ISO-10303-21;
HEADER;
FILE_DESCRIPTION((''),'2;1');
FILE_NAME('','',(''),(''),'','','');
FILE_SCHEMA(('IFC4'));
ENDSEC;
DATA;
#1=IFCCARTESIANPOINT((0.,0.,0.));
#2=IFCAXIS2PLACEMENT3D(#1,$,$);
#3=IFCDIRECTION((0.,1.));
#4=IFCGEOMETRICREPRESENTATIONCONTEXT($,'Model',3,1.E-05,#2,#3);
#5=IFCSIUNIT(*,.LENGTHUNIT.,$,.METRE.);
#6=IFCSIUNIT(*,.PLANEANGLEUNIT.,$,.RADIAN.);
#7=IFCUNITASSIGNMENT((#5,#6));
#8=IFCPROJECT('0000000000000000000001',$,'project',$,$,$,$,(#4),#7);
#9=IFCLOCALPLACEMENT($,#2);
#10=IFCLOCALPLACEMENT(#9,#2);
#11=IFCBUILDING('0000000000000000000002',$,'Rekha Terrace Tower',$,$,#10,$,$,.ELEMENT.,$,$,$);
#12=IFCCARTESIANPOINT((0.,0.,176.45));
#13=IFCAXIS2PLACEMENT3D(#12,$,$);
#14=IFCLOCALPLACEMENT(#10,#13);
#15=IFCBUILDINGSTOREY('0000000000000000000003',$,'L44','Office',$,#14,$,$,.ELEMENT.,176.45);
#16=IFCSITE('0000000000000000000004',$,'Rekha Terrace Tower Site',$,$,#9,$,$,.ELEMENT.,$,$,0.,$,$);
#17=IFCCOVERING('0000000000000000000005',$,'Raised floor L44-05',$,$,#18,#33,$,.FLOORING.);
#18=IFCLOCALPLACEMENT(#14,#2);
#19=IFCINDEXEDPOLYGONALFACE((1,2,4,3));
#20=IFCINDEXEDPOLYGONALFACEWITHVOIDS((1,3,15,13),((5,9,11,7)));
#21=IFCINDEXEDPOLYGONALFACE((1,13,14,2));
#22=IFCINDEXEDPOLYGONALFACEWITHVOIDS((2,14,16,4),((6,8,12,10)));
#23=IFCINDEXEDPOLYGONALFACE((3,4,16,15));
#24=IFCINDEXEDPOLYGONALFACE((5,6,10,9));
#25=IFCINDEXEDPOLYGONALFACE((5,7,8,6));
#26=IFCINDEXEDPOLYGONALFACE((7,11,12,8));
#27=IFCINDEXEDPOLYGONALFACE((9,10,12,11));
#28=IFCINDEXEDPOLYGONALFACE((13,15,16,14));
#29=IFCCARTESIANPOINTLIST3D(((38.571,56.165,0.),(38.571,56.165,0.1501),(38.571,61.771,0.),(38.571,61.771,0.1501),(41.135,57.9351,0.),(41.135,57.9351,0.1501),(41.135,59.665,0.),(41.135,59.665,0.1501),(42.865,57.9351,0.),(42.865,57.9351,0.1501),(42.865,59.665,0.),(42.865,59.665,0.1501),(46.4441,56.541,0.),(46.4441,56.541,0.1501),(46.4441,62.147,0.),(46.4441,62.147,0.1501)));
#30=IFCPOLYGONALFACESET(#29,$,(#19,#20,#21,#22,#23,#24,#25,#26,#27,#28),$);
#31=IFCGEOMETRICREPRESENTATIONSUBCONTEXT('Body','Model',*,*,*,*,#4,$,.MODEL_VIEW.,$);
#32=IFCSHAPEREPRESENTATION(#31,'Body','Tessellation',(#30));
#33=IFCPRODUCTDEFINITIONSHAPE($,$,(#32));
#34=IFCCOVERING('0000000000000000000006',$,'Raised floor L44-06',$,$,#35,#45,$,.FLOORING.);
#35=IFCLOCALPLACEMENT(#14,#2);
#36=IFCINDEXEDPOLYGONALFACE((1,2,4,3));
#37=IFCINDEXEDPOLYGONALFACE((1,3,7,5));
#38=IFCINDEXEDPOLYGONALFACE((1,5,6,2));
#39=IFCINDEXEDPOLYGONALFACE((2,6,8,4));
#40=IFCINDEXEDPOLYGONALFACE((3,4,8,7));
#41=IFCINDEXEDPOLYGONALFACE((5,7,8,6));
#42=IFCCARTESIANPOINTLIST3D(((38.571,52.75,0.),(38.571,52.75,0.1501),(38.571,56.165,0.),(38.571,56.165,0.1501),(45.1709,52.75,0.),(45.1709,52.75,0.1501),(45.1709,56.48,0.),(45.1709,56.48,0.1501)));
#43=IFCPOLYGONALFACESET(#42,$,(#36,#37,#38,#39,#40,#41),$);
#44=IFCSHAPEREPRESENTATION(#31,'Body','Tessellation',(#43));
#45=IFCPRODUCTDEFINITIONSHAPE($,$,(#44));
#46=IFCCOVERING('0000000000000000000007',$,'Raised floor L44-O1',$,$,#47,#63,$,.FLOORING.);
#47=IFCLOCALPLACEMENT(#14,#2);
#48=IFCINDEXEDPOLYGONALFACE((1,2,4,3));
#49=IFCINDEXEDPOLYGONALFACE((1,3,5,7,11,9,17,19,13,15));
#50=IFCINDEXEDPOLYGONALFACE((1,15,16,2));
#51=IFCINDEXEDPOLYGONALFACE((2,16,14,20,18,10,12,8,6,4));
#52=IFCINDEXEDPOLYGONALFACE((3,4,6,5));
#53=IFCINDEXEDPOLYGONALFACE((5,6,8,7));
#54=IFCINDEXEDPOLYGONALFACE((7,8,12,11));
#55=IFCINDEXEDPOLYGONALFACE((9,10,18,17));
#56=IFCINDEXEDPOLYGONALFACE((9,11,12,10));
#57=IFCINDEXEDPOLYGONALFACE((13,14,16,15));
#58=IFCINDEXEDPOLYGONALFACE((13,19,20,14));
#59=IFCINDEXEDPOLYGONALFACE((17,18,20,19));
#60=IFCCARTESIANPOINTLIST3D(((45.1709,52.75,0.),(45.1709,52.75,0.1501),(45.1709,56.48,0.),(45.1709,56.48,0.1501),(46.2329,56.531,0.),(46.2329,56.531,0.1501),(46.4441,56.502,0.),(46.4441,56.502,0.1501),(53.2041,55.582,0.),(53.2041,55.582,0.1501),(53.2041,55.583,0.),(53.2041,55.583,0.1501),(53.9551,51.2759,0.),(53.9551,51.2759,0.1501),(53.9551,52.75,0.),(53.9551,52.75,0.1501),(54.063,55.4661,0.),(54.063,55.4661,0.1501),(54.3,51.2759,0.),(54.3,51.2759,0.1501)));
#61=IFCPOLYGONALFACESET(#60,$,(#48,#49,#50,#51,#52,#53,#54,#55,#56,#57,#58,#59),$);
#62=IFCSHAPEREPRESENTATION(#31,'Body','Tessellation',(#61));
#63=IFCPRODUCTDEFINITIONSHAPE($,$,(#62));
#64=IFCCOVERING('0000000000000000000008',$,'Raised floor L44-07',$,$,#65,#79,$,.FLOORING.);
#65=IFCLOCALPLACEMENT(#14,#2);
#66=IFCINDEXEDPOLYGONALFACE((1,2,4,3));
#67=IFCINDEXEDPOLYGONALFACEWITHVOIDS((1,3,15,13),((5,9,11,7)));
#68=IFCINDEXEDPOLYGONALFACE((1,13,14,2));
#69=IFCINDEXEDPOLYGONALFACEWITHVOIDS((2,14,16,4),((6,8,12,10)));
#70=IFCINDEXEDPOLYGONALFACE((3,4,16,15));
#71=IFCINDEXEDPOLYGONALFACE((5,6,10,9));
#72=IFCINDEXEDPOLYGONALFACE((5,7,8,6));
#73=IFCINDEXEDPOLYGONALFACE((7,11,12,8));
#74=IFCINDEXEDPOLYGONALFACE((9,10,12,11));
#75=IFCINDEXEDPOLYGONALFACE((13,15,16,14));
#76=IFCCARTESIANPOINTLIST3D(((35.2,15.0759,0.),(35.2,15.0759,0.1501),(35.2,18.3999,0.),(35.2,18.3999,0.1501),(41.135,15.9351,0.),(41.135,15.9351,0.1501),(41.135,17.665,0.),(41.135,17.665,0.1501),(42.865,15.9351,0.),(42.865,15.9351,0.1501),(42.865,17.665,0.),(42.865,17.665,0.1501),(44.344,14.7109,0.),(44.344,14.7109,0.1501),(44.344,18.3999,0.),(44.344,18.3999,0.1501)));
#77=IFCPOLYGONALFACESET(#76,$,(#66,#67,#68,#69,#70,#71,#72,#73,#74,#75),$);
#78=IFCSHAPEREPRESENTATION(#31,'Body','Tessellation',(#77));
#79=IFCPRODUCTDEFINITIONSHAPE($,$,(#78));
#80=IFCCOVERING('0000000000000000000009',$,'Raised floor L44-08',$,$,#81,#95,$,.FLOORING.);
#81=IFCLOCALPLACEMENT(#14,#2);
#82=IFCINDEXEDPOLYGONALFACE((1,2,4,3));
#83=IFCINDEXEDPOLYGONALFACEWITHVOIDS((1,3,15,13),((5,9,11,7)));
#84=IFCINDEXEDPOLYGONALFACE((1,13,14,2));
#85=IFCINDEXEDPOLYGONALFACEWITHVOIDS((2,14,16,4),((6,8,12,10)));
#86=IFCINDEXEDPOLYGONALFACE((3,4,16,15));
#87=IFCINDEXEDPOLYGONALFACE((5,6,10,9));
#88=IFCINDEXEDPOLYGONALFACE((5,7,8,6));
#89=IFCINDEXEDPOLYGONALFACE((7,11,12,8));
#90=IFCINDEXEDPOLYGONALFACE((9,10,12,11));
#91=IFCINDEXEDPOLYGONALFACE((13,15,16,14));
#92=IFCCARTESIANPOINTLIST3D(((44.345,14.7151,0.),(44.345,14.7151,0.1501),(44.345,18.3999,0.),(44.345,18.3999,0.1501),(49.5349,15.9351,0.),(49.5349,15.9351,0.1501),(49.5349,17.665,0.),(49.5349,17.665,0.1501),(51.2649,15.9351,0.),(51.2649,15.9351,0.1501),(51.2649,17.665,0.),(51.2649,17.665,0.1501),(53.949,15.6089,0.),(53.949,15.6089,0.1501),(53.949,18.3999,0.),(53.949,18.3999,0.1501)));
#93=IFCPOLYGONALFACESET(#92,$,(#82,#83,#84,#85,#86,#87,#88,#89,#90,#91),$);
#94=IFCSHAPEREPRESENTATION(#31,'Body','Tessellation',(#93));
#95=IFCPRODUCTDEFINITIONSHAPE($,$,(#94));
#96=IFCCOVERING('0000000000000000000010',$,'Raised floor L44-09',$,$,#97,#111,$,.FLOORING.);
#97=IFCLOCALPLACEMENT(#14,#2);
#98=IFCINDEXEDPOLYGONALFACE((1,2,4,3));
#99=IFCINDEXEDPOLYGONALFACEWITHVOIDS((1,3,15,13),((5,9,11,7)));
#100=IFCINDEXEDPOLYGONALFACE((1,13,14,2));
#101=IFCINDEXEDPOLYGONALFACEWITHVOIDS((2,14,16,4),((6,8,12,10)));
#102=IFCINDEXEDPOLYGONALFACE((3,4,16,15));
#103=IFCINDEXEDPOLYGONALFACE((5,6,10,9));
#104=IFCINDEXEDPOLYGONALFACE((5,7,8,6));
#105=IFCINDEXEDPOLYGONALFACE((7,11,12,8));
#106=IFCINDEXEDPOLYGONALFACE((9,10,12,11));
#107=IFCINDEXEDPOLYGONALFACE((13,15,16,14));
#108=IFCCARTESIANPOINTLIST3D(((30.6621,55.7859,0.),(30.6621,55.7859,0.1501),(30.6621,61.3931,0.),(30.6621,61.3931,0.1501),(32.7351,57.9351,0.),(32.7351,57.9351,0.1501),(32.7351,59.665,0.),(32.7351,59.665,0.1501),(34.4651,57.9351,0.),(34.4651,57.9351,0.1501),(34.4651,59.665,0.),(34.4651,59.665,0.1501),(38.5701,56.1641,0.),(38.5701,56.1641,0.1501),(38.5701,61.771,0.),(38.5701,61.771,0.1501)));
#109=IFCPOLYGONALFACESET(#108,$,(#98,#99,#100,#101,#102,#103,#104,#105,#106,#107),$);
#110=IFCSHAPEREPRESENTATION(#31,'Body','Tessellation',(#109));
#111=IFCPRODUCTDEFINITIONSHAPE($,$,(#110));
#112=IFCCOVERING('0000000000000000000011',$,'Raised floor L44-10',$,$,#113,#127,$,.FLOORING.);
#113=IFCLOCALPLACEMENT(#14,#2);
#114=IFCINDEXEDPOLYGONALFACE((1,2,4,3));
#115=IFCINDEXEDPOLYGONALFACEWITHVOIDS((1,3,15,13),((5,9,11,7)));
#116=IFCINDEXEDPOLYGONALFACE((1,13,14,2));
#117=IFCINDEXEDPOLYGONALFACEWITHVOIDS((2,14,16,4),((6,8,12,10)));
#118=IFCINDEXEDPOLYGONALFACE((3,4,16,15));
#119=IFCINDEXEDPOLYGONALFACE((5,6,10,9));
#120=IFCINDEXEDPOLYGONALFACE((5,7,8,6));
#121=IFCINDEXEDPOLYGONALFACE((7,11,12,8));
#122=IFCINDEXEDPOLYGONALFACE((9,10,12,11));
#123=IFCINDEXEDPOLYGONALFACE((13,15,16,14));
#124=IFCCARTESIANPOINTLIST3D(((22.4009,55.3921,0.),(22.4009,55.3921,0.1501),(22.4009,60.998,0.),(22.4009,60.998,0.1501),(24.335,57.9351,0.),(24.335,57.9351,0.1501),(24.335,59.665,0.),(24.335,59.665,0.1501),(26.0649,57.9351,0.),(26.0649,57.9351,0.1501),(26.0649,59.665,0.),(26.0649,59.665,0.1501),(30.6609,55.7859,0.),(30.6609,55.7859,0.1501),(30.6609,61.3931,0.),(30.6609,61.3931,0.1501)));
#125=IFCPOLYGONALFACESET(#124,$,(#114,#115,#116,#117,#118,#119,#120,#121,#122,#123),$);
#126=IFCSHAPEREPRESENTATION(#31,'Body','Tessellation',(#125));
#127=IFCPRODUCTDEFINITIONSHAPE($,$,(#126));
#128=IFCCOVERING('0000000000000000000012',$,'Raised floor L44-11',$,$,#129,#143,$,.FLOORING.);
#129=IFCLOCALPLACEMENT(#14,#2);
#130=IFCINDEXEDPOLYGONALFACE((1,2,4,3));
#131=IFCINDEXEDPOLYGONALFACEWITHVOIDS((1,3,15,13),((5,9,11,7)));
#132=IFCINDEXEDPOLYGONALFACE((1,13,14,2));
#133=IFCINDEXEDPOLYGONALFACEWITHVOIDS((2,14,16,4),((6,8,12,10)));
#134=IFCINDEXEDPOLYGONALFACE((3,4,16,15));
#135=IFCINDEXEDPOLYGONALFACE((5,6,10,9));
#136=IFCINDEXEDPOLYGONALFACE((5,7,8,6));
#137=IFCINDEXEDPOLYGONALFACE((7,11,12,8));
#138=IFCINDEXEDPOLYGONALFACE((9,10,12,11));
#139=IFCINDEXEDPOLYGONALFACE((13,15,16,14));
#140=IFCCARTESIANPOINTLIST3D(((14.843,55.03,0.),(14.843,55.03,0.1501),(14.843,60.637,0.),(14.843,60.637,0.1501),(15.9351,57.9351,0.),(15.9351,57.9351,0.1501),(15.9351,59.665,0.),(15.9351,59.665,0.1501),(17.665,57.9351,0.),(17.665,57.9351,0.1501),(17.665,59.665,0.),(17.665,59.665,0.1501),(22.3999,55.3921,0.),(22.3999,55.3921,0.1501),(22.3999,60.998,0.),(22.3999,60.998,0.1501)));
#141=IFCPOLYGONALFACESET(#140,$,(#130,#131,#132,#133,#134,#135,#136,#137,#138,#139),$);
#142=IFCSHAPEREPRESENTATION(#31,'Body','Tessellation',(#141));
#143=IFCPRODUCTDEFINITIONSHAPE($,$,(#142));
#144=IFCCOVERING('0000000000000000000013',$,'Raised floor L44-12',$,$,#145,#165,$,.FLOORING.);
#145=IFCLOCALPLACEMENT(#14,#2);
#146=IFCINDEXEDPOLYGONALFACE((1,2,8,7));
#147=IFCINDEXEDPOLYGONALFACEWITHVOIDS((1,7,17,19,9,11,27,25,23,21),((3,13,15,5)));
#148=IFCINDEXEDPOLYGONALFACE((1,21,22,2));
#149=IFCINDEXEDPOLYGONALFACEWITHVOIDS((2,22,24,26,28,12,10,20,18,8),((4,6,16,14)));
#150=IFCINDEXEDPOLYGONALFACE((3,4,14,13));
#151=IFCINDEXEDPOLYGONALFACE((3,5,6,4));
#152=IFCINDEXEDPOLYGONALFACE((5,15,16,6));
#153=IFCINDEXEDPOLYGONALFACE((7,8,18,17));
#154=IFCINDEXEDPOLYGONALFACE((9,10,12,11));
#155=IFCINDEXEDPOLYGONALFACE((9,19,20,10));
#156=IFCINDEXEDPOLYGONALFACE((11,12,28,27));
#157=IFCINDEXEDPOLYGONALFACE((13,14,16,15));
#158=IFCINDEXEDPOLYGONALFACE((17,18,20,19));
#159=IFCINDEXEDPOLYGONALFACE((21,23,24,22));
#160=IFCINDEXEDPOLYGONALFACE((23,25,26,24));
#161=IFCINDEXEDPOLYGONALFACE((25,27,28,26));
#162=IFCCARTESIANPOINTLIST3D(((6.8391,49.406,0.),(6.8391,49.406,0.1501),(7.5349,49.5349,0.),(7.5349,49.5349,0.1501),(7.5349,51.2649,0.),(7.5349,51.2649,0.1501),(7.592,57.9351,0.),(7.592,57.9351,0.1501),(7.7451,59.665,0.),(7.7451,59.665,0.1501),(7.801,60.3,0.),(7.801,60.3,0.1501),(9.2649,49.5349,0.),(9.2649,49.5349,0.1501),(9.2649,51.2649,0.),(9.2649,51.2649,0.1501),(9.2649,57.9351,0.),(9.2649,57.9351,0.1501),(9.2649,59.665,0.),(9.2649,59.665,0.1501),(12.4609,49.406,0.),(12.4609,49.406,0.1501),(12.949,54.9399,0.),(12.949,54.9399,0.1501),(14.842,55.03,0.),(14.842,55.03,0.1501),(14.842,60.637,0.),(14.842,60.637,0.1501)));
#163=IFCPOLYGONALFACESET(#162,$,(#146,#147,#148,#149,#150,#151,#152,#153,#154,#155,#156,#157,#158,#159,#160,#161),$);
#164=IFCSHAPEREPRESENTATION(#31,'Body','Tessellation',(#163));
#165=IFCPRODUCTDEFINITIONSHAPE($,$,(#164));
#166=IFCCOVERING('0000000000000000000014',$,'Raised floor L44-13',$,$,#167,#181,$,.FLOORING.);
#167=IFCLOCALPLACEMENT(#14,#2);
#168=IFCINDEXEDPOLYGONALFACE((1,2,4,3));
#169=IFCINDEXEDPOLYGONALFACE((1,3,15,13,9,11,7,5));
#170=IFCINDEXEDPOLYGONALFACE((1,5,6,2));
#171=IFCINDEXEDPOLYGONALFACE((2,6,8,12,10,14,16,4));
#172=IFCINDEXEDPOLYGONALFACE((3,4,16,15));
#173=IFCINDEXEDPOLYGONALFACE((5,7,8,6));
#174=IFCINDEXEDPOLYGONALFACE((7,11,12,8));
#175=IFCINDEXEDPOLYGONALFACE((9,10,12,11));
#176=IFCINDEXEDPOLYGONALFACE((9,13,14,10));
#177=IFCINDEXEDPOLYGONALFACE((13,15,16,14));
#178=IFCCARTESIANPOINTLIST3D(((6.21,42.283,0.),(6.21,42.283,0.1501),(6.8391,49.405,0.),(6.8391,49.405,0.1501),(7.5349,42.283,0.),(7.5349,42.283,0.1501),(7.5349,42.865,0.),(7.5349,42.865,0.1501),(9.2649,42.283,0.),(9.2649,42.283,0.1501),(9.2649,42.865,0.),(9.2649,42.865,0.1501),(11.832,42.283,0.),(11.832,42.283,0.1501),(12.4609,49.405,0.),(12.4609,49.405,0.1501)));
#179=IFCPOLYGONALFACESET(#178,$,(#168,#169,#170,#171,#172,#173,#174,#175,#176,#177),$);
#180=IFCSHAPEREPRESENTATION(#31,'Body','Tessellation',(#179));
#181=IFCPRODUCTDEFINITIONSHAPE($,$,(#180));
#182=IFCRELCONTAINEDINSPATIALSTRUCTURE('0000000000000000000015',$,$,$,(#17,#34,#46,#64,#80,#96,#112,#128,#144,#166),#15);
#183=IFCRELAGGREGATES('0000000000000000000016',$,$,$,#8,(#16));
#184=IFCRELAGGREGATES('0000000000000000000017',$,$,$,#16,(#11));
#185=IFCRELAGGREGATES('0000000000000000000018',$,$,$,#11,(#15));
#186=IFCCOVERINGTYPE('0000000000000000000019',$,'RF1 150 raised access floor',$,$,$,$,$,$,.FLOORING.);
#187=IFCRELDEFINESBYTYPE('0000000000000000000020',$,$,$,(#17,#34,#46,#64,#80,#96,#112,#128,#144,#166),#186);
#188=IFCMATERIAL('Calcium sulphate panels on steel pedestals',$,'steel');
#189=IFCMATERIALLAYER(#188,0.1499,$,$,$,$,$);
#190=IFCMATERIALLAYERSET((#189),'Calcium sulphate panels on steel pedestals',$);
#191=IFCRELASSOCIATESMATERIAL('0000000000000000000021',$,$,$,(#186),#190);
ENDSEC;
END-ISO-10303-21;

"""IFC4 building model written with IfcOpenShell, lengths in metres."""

from ifc_helpers import new_model, si_unit, direction, frame, origin, place, context, subcontext, project, spatial, polyline, outline, extrude, material, layer, layer_set, type_object, element, save


model = new_model("IFC4")

# Units and contexts
model_context = context("Model", 3, precision=1e-05, world=origin(), true_north=direction((0.0, 1.0)))
body_context = subcontext(model_context, "Body", "Model", "MODEL_VIEW")
ifc_project = project(units=[si_unit("LENGTHUNIT", "METRE"), si_unit("PLANEANGLEUNIT", "RADIAN")], contexts=[model_context])

# Site, building, storey
site_placement = place(None, origin())
site = spatial("IfcSite", under=ifc_project, at=site_placement, Name="Rekha Terrace Tower Site", CompositionType="ELEMENT", RefElevation=0.0)
building_placement = place(site_placement, origin())
building = spatial("IfcBuilding", under=site, at=building_placement, Name="Rekha Terrace Tower", CompositionType="ELEMENT")
storey_placement = place(building_placement, frame((0.0, 0.0, 176.45)))
storey = spatial("IfcBuildingStorey", under=building, at=storey_placement, Name="L44", Description="Office", CompositionType="ELEMENT", Elevation=176.45)

# Coverings
ifc_material_1 = material(Name="Calcium sulphate panels on steel pedestals", Category="steel")
ifc_layer_1 = layer(ifc_material_1, 0.1499)
ifc_layer_set_1 = layer_set([ifc_layer_1], Name="Calcium sulphate panels on steel pedestals")
covering_type_1 = type_object("IfcCoveringType", Name="RF1 150 raised access floor", PredefinedType="FLOORING", material=ifc_layer_set_1)
covering_1_placement = place(storey_placement, origin())
element("IfcCovering", 1, at=covering_1_placement, inside=storey, type_object=covering_type_1, Name="Raised floor L44-05", PredefinedType="FLOORING", context=body_context, shape_type="SweptSolid", body=[
    extrude(outline(polyline([(46.4441, 62.147), (38.571, 61.771), (38.571, 56.165), (46.4441, 56.541), (46.4441, 62.147)]), holes=[polyline([(42.865, 59.665), (42.865, 57.9351), (41.135, 57.9351), (41.135, 59.665), (42.865, 59.665)])]), origin(), (0.0, 0.0, 1.0), 0.1501),
])
covering_2_placement = place(storey_placement, origin())
element("IfcCovering", 2, at=covering_2_placement, inside=storey, type_object=covering_type_1, Name="Raised floor L44-06", PredefinedType="FLOORING", context=body_context, shape_type="SweptSolid", body=[
    extrude(outline(polyline([(45.1709, 52.75), (45.1709, 56.48), (38.571, 56.165), (38.571, 52.75), (45.1709, 52.75)])), origin(), (0.0, 0.0, 1.0), 0.1501),
])
covering_3_placement = place(storey_placement, origin())
element("IfcCovering", 3, at=covering_3_placement, inside=storey, type_object=covering_type_1, Name="Raised floor L44-O1", PredefinedType="FLOORING", context=body_context, shape_type="SweptSolid", body=[
    extrude(outline(polyline([(53.2041, 55.583), (46.4441, 56.502), (46.2329, 56.531), (45.1709, 56.48), (45.1709, 52.75), (53.9551, 52.75), (53.9551, 51.2759), (54.3, 51.2759), (54.063, 55.4661), (53.2041, 55.582), (53.2041, 55.583)])), origin(), (0.0, 0.0, 1.0), 0.1501),
])
covering_4_placement = place(storey_placement, origin())
element("IfcCovering", 4, at=covering_4_placement, inside=storey, type_object=covering_type_1, Name="Raised floor L44-07", PredefinedType="FLOORING", context=body_context, shape_type="SweptSolid", body=[
    extrude(outline(polyline([(44.344, 18.3999), (35.2, 18.3999), (35.2, 15.0759), (44.344, 14.7109), (44.344, 18.3999)]), holes=[polyline([(42.865, 17.665), (42.865, 15.9351), (41.135, 15.9351), (41.135, 17.665), (42.865, 17.665)])]), origin(), (0.0, 0.0, 1.0), 0.1501),
])
covering_5_placement = place(storey_placement, origin())
element("IfcCovering", 5, at=covering_5_placement, inside=storey, type_object=covering_type_1, Name="Raised floor L44-08", PredefinedType="FLOORING", context=body_context, shape_type="SweptSolid", body=[
    extrude(outline(polyline([(44.345, 18.3999), (44.345, 14.7151), (53.949, 15.6089), (53.949, 18.3999), (44.345, 18.3999)]), holes=[polyline([(51.2649, 15.9351), (49.5349, 15.9351), (49.5349, 17.665), (51.2649, 17.665), (51.2649, 15.9351)])]), origin(), (0.0, 0.0, 1.0), 0.1501),
])
covering_6_placement = place(storey_placement, origin())
element("IfcCovering", 6, at=covering_6_placement, inside=storey, type_object=covering_type_1, Name="Raised floor L44-09", PredefinedType="FLOORING", context=body_context, shape_type="SweptSolid", body=[
    extrude(outline(polyline([(30.6621, 61.3931), (30.6621, 55.7859), (38.5701, 56.1641), (38.5701, 61.771), (30.6621, 61.3931)]), holes=[polyline([(34.4651, 57.9351), (32.7351, 57.9351), (32.7351, 59.665), (34.4651, 59.665), (34.4651, 57.9351)])]), origin(), (0.0, 0.0, 1.0), 0.1501),
])
covering_7_placement = place(storey_placement, origin())
element("IfcCovering", 7, at=covering_7_placement, inside=storey, type_object=covering_type_1, Name="Raised floor L44-10", PredefinedType="FLOORING", context=body_context, shape_type="SweptSolid", body=[
    extrude(outline(polyline([(22.4009, 60.998), (22.4009, 55.3921), (30.6609, 55.7859), (30.6609, 61.3931), (22.4009, 60.998)]), holes=[polyline([(26.0649, 57.9351), (24.335, 57.9351), (24.335, 59.665), (26.0649, 59.665), (26.0649, 57.9351)])]), origin(), (0.0, 0.0, 1.0), 0.1501),
])
covering_8_placement = place(storey_placement, origin())
element("IfcCovering", 8, at=covering_8_placement, inside=storey, type_object=covering_type_1, Name="Raised floor L44-11", PredefinedType="FLOORING", context=body_context, shape_type="SweptSolid", body=[
    extrude(outline(polyline([(14.843, 60.637), (14.843, 55.03), (22.3999, 55.3921), (22.3999, 60.998), (14.843, 60.637)]), holes=[polyline([(17.665, 59.665), (17.665, 57.9351), (15.9351, 57.9351), (15.9351, 59.665), (17.665, 59.665)])]), origin(), (0.0, 0.0, 1.0), 0.1501),
])
covering_9_placement = place(storey_placement, origin())
element("IfcCovering", 9, at=covering_9_placement, inside=storey, type_object=covering_type_1, Name="Raised floor L44-12", PredefinedType="FLOORING", context=body_context, shape_type="SweptSolid", body=[
    extrude(outline(polyline([(12.949, 54.9399), (14.842, 55.03), (14.842, 60.637), (7.801, 60.3), (7.7451, 59.665), (9.2649, 59.665), (9.2649, 57.9351), (7.592, 57.9351), (6.8391, 49.406), (12.4609, 49.406), (12.949, 54.9399)]), holes=[polyline([(9.2649, 49.5349), (7.5349, 49.5349), (7.5349, 51.2649), (9.2649, 51.2649), (9.2649, 49.5349)])]), origin(), (0.0, 0.0, 1.0), 0.1501),
])
covering_10_placement = place(storey_placement, origin())
element("IfcCovering", 10, at=covering_10_placement, inside=storey, type_object=covering_type_1, Name="Raised floor L44-13", PredefinedType="FLOORING", context=body_context, shape_type="SweptSolid", body=[
    extrude(outline(polyline([(11.832, 42.283), (12.4609, 49.405), (6.8391, 49.405), (6.21, 42.283), (7.5349, 42.283), (7.5349, 42.865), (9.2649, 42.865), (9.2649, 42.283), (11.832, 42.283)])), origin(), (0.0, 0.0, 1.0), 0.1501),
])

save(model, "model.ifc")
